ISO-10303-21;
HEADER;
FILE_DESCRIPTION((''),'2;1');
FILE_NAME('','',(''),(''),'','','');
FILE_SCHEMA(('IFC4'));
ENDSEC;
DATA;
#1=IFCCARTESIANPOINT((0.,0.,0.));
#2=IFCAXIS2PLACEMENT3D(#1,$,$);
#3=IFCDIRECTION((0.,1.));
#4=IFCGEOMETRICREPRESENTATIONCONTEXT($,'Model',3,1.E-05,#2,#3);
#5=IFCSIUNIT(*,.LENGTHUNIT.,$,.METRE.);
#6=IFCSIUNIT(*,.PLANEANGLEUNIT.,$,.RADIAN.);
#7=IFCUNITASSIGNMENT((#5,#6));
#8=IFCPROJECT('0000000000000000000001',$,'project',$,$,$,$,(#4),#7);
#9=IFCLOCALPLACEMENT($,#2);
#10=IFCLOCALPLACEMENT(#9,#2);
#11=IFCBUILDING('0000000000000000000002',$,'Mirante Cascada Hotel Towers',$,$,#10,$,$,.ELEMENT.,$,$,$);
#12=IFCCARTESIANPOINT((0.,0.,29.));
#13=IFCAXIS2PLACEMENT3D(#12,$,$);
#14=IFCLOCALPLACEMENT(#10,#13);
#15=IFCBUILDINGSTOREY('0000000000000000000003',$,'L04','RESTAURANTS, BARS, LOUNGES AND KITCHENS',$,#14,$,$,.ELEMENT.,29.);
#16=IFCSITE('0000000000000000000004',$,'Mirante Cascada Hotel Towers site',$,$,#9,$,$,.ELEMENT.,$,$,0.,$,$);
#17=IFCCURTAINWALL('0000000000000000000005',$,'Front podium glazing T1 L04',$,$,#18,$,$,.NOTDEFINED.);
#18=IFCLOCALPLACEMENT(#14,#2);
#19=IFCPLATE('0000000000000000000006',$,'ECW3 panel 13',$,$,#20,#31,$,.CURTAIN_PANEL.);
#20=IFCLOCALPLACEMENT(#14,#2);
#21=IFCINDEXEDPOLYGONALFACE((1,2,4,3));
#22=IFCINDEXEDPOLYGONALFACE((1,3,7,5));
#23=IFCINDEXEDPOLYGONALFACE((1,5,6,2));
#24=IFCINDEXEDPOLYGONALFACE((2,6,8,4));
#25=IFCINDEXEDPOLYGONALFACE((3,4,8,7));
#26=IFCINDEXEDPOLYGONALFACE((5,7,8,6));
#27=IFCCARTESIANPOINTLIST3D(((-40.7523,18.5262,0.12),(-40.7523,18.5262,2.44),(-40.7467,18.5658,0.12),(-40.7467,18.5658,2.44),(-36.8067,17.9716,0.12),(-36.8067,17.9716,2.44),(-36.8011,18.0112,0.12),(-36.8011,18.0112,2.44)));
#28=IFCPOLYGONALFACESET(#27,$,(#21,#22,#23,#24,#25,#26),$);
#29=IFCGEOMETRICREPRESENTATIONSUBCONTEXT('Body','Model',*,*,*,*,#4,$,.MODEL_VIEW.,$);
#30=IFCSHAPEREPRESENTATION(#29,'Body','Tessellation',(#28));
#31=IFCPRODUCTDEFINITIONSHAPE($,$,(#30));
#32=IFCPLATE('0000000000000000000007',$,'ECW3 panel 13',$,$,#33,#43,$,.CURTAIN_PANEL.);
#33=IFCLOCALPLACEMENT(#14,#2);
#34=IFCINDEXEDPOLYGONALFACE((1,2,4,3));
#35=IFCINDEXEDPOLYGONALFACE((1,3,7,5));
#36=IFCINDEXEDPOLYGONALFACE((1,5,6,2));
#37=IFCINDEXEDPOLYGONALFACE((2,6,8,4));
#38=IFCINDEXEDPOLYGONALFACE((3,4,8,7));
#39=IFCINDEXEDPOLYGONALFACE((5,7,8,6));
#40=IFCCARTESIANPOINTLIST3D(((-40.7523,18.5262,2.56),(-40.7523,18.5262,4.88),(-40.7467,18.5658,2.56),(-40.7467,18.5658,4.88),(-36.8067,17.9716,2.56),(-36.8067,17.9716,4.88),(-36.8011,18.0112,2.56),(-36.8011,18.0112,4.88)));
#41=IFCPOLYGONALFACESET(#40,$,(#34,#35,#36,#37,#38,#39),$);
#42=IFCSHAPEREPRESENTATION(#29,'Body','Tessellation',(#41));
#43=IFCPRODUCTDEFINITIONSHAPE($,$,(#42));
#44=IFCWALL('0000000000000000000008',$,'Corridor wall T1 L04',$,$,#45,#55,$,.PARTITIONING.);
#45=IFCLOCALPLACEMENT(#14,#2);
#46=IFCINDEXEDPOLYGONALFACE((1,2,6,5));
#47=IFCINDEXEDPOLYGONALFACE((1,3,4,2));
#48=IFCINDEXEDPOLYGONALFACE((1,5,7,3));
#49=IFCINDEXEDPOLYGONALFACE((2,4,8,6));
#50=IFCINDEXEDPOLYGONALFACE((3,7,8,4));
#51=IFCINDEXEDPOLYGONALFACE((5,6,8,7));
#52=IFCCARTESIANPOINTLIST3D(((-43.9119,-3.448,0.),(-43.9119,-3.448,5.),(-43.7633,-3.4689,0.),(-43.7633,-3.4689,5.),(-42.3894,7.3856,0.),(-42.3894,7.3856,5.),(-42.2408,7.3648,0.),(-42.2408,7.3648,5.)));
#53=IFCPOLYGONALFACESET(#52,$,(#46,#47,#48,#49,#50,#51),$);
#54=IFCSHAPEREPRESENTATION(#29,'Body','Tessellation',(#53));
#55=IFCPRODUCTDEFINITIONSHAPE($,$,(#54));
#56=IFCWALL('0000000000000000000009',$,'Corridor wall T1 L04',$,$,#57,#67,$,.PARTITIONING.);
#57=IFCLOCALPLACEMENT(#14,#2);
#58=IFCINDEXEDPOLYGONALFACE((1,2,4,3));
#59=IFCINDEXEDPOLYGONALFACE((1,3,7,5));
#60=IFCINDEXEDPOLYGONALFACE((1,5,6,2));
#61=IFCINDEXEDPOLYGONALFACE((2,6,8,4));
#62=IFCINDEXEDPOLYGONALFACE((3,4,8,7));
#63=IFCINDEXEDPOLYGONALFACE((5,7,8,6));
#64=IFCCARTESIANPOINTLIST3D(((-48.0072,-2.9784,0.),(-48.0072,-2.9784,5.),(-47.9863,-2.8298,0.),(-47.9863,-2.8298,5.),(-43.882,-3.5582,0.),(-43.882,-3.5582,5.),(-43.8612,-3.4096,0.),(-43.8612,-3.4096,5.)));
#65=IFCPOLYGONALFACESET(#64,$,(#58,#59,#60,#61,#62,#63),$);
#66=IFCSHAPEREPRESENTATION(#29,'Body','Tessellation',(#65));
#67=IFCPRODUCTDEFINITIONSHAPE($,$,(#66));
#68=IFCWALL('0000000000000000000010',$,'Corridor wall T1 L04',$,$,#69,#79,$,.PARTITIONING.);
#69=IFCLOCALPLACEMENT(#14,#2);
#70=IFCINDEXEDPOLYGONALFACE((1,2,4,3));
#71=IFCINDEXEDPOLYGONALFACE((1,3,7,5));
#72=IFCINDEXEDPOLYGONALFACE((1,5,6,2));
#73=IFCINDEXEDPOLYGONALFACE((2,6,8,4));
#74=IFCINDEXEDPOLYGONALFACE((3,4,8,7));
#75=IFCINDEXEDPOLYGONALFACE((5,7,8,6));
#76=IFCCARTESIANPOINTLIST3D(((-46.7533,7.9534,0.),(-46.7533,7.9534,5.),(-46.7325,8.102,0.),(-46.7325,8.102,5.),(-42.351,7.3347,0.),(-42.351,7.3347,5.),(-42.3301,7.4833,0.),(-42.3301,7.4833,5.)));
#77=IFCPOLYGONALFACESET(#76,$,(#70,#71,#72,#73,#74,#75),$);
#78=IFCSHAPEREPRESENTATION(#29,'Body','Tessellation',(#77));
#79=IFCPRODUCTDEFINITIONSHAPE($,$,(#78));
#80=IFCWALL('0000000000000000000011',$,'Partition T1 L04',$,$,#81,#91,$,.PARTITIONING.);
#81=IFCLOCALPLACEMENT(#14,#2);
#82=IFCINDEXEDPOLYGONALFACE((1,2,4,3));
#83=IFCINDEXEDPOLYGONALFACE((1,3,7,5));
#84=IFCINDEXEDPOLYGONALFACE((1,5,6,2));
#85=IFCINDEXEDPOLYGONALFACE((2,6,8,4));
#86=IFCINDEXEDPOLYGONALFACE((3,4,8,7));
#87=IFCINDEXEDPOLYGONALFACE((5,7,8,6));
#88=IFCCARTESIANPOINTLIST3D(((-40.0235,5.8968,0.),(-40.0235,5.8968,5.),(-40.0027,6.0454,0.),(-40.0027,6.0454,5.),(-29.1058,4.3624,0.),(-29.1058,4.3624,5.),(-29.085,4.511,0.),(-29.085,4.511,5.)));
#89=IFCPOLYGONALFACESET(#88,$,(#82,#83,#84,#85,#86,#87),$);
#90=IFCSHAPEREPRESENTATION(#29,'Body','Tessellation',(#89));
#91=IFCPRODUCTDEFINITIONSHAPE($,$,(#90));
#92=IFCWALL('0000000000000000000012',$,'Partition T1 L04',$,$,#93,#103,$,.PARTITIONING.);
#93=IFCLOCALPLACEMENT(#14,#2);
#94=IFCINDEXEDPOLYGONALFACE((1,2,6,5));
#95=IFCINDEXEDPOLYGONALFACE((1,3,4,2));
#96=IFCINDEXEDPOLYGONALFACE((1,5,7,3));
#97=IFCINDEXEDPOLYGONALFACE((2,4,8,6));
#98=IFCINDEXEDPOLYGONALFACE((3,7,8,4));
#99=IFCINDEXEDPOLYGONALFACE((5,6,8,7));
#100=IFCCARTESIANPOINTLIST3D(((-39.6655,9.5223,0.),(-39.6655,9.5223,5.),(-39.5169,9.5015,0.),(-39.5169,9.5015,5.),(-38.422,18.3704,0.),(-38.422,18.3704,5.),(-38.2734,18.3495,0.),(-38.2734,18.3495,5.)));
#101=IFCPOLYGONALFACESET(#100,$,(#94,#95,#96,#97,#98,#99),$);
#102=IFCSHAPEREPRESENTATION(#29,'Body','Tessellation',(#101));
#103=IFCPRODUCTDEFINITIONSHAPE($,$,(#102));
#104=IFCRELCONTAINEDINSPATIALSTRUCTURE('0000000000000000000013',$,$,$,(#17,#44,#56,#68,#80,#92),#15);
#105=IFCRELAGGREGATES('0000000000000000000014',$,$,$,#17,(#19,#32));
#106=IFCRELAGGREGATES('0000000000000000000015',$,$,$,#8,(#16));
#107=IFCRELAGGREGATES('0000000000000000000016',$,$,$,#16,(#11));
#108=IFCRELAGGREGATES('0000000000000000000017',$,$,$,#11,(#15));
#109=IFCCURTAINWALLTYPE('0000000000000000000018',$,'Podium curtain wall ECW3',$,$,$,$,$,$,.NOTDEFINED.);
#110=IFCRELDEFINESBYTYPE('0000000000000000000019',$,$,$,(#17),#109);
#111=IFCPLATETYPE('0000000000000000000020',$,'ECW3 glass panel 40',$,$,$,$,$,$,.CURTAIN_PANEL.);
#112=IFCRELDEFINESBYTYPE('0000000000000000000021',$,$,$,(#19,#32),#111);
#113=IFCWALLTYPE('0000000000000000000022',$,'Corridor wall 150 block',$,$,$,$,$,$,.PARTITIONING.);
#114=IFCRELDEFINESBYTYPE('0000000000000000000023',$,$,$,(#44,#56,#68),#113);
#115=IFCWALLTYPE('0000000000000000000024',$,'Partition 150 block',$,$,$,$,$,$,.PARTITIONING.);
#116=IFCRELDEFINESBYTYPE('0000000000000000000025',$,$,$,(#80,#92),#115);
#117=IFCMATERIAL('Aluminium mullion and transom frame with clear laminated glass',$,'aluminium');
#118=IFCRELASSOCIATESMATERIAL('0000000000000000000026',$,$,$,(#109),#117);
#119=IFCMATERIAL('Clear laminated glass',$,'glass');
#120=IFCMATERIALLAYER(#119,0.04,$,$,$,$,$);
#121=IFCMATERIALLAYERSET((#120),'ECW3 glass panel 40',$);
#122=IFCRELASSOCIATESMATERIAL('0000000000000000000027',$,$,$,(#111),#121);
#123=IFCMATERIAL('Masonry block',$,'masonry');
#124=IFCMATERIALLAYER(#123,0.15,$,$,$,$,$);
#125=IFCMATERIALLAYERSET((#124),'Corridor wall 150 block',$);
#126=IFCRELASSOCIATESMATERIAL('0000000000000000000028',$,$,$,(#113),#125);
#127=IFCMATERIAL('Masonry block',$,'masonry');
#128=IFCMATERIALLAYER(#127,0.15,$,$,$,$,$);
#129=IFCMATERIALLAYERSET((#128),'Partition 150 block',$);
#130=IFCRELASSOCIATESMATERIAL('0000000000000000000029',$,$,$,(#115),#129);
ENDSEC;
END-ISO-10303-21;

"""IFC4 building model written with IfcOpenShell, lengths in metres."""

from ifc_helpers import new_model, si_unit, direction, frame, frame_2d, origin, origin_2d, place, context, subcontext, project, spatial, rectangle, extrude, material, layer, layer_set, type_object, element, aggregate, save


model = new_model("IFC4")

# Units and contexts
model_context = context("Model", 3, precision=1e-05, world=origin(), true_north=direction((0.0, 1.0)))
body_context = subcontext(model_context, "Body", "Model", "MODEL_VIEW")
ifc_project = project(units=[si_unit("LENGTHUNIT", "METRE"), si_unit("PLANEANGLEUNIT", "RADIAN")], contexts=[model_context])

# Site, building, storey
site_placement = place(None, origin())
site = spatial("IfcSite", under=ifc_project, at=site_placement, Name="Mirante Cascada Hotel Towers site", CompositionType="ELEMENT", RefElevation=0.0)
building_placement = place(site_placement, origin())
building = spatial("IfcBuilding", under=site, at=building_placement, Name="Mirante Cascada Hotel Towers", CompositionType="ELEMENT")
storey_placement = place(building_placement, frame((0.0, 0.0, 29.0)))
storey = spatial("IfcBuildingStorey", under=building, at=storey_placement, Name="L04", Description="RESTAURANTS, BARS, LOUNGES AND KITCHENS", CompositionType="ELEMENT", Elevation=29.0)

# Curtain wall, plates
ifc_material_1 = material(Name="Aluminium mullion and transom frame with clear laminated glass", Category="aluminium")
curtain_wall_type = type_object("IfcCurtainWallType", Name="Podium curtain wall ECW3", PredefinedType="NOTDEFINED", material=ifc_material_1)
curtain_wall_placement = place(storey_placement, origin())
curtain_wall = element("IfcCurtainWall", 1, at=curtain_wall_placement, inside=storey, type_object=curtain_wall_type, Name="Front podium glazing T1 L04", PredefinedType="NOTDEFINED")
ifc_material_2 = material(Name="Clear laminated glass", Category="glass")
ifc_layer_1 = layer(ifc_material_2, 0.04)
ifc_layer_set_1 = layer_set([ifc_layer_1], Name="ECW3 glass panel 40")
plate_type = type_object("IfcPlateType", Name="ECW3 glass panel 40", PredefinedType="CURTAIN_PANEL", material=ifc_layer_set_1)
plate_1_placement = place(storey_placement, frame((-38.7767, 18.2687, 0.12), z_axis=(0.0, 0.0, 1.0), x_axis=(0.990268, -0.139173, 0.0)))
plate_1 = element("IfcPlate", 2, at=plate_1_placement, type_object=plate_type, Name="ECW3 panel 13", PredefinedType="CURTAIN_PANEL", context=body_context, shape_type="SweptSolid", body=[
    extrude(rectangle(XDim=3.9844, YDim=0.04, at=origin_2d()), origin(), (0.0, 0.0, 1.0), 2.32),
])
plate_2_placement = place(storey_placement, frame((-38.7767, 18.2687, 2.56), z_axis=(0.0, 0.0, 1.0), x_axis=(0.990268, -0.139173, 0.0)))
plate_2 = element("IfcPlate", 3, at=plate_2_placement, type_object=plate_type, Name="ECW3 panel 13", PredefinedType="CURTAIN_PANEL", context=body_context, shape_type="SweptSolid", body=[
    extrude(rectangle(XDim=3.9844, YDim=0.04, at=origin_2d()), origin(), (0.0, 0.0, 1.0), 2.32),
])
aggregate(curtain_wall, [plate_1, plate_2])

# Walls
ifc_material_3 = material(Name="Masonry block", Category="masonry")
ifc_layer_2 = layer(ifc_material_3, 0.15)
ifc_layer_set_2 = layer_set([ifc_layer_2], Name="Corridor wall 150 block")
wall_type_1 = type_object("IfcWallType", Name="Corridor wall 150 block", PredefinedType="PARTITIONING", material=ifc_layer_set_2)
wall_1_placement = place(storey_placement, frame((-43.8376, -3.4584, 0.0), z_axis=(0.0, 0.0, 1.0), x_axis=(0.139167, 0.990269, 0.0)))
element("IfcWall", 4, at=wall_1_placement, inside=storey, type_object=wall_type_1, Name="Corridor wall T1 L04", PredefinedType="PARTITIONING", context=body_context, shape_type="SweptSolid", body=[
    extrude(rectangle(XDim=10.9401, YDim=0.15, at=frame_2d((5.47, 0.0))), origin(), (0.0, 0.0, 1.0), 5.0),
])
wall_2_placement = place(storey_placement, frame((-47.9967, -2.9041, 0.0), z_axis=(0.0, 0.0, 1.0), x_axis=(0.990267, -0.139183, 0.0)))
element("IfcWall", 5, at=wall_2_placement, inside=storey, type_object=wall_type_1, Name="Corridor wall T1 L04", PredefinedType="PARTITIONING", context=body_context, shape_type="SweptSolid", body=[
    extrude(rectangle(XDim=4.1657, YDim=0.15, at=frame_2d((2.0828, 0.0))), origin(), (0.0, 0.0, 1.0), 5.0),
])
wall_3_placement = place(storey_placement, frame((-46.7429, 8.0277, 0.0), z_axis=(0.0, 0.0, 1.0), x_axis=(0.990268, -0.139173, 0.0)))
element("IfcWall", 6, at=wall_3_placement, inside=storey, type_object=wall_type_1, Name="Corridor wall T1 L04", PredefinedType="PARTITIONING", context=body_context, shape_type="SweptSolid", body=[
    extrude(rectangle(XDim=4.4456, YDim=0.15, at=frame_2d((2.2228, 0.0))), origin(), (0.0, 0.0, 1.0), 5.0),
])
ifc_material_4 = material(Name="Masonry block", Category="masonry")
ifc_layer_3 = layer(ifc_material_4, 0.15)
ifc_layer_set_3 = layer_set([ifc_layer_3], Name="Partition 150 block")
wall_type_2 = type_object("IfcWallType", Name="Partition 150 block", PredefinedType="PARTITIONING", material=ifc_layer_set_3)
wall_4_placement = place(storey_placement, frame((-40.0131, 5.9711, 0.0), z_axis=(0.0, 0.0, 1.0), x_axis=(0.990268, -0.139175, 0.0)))
element("IfcWall", 7, at=wall_4_placement, inside=storey, type_object=wall_type_2, Name="Partition T1 L04", PredefinedType="PARTITIONING", context=body_context, shape_type="SweptSolid", body=[
    extrude(rectangle(XDim=11.025, YDim=0.15, at=frame_2d((5.5125, 0.0))), origin(), (0.0, 0.0, 1.0), 5.0),
])
wall_5_placement = place(storey_placement, frame((-39.5912, 9.5119, 0.0), z_axis=(0.0, 0.0, 1.0), x_axis=(0.139173, 0.990268, 0.0)))
element("IfcWall", 8, at=wall_5_placement, inside=storey, type_object=wall_type_2, Name="Partition T1 L04", PredefinedType="PARTITIONING", context=body_context, shape_type="SweptSolid", body=[
    extrude(rectangle(XDim=8.935, YDim=0.15, at=frame_2d((4.4675, 0.0))), origin(), (0.0, 0.0, 1.0), 5.0),
])

save(model, "model.ifc")
